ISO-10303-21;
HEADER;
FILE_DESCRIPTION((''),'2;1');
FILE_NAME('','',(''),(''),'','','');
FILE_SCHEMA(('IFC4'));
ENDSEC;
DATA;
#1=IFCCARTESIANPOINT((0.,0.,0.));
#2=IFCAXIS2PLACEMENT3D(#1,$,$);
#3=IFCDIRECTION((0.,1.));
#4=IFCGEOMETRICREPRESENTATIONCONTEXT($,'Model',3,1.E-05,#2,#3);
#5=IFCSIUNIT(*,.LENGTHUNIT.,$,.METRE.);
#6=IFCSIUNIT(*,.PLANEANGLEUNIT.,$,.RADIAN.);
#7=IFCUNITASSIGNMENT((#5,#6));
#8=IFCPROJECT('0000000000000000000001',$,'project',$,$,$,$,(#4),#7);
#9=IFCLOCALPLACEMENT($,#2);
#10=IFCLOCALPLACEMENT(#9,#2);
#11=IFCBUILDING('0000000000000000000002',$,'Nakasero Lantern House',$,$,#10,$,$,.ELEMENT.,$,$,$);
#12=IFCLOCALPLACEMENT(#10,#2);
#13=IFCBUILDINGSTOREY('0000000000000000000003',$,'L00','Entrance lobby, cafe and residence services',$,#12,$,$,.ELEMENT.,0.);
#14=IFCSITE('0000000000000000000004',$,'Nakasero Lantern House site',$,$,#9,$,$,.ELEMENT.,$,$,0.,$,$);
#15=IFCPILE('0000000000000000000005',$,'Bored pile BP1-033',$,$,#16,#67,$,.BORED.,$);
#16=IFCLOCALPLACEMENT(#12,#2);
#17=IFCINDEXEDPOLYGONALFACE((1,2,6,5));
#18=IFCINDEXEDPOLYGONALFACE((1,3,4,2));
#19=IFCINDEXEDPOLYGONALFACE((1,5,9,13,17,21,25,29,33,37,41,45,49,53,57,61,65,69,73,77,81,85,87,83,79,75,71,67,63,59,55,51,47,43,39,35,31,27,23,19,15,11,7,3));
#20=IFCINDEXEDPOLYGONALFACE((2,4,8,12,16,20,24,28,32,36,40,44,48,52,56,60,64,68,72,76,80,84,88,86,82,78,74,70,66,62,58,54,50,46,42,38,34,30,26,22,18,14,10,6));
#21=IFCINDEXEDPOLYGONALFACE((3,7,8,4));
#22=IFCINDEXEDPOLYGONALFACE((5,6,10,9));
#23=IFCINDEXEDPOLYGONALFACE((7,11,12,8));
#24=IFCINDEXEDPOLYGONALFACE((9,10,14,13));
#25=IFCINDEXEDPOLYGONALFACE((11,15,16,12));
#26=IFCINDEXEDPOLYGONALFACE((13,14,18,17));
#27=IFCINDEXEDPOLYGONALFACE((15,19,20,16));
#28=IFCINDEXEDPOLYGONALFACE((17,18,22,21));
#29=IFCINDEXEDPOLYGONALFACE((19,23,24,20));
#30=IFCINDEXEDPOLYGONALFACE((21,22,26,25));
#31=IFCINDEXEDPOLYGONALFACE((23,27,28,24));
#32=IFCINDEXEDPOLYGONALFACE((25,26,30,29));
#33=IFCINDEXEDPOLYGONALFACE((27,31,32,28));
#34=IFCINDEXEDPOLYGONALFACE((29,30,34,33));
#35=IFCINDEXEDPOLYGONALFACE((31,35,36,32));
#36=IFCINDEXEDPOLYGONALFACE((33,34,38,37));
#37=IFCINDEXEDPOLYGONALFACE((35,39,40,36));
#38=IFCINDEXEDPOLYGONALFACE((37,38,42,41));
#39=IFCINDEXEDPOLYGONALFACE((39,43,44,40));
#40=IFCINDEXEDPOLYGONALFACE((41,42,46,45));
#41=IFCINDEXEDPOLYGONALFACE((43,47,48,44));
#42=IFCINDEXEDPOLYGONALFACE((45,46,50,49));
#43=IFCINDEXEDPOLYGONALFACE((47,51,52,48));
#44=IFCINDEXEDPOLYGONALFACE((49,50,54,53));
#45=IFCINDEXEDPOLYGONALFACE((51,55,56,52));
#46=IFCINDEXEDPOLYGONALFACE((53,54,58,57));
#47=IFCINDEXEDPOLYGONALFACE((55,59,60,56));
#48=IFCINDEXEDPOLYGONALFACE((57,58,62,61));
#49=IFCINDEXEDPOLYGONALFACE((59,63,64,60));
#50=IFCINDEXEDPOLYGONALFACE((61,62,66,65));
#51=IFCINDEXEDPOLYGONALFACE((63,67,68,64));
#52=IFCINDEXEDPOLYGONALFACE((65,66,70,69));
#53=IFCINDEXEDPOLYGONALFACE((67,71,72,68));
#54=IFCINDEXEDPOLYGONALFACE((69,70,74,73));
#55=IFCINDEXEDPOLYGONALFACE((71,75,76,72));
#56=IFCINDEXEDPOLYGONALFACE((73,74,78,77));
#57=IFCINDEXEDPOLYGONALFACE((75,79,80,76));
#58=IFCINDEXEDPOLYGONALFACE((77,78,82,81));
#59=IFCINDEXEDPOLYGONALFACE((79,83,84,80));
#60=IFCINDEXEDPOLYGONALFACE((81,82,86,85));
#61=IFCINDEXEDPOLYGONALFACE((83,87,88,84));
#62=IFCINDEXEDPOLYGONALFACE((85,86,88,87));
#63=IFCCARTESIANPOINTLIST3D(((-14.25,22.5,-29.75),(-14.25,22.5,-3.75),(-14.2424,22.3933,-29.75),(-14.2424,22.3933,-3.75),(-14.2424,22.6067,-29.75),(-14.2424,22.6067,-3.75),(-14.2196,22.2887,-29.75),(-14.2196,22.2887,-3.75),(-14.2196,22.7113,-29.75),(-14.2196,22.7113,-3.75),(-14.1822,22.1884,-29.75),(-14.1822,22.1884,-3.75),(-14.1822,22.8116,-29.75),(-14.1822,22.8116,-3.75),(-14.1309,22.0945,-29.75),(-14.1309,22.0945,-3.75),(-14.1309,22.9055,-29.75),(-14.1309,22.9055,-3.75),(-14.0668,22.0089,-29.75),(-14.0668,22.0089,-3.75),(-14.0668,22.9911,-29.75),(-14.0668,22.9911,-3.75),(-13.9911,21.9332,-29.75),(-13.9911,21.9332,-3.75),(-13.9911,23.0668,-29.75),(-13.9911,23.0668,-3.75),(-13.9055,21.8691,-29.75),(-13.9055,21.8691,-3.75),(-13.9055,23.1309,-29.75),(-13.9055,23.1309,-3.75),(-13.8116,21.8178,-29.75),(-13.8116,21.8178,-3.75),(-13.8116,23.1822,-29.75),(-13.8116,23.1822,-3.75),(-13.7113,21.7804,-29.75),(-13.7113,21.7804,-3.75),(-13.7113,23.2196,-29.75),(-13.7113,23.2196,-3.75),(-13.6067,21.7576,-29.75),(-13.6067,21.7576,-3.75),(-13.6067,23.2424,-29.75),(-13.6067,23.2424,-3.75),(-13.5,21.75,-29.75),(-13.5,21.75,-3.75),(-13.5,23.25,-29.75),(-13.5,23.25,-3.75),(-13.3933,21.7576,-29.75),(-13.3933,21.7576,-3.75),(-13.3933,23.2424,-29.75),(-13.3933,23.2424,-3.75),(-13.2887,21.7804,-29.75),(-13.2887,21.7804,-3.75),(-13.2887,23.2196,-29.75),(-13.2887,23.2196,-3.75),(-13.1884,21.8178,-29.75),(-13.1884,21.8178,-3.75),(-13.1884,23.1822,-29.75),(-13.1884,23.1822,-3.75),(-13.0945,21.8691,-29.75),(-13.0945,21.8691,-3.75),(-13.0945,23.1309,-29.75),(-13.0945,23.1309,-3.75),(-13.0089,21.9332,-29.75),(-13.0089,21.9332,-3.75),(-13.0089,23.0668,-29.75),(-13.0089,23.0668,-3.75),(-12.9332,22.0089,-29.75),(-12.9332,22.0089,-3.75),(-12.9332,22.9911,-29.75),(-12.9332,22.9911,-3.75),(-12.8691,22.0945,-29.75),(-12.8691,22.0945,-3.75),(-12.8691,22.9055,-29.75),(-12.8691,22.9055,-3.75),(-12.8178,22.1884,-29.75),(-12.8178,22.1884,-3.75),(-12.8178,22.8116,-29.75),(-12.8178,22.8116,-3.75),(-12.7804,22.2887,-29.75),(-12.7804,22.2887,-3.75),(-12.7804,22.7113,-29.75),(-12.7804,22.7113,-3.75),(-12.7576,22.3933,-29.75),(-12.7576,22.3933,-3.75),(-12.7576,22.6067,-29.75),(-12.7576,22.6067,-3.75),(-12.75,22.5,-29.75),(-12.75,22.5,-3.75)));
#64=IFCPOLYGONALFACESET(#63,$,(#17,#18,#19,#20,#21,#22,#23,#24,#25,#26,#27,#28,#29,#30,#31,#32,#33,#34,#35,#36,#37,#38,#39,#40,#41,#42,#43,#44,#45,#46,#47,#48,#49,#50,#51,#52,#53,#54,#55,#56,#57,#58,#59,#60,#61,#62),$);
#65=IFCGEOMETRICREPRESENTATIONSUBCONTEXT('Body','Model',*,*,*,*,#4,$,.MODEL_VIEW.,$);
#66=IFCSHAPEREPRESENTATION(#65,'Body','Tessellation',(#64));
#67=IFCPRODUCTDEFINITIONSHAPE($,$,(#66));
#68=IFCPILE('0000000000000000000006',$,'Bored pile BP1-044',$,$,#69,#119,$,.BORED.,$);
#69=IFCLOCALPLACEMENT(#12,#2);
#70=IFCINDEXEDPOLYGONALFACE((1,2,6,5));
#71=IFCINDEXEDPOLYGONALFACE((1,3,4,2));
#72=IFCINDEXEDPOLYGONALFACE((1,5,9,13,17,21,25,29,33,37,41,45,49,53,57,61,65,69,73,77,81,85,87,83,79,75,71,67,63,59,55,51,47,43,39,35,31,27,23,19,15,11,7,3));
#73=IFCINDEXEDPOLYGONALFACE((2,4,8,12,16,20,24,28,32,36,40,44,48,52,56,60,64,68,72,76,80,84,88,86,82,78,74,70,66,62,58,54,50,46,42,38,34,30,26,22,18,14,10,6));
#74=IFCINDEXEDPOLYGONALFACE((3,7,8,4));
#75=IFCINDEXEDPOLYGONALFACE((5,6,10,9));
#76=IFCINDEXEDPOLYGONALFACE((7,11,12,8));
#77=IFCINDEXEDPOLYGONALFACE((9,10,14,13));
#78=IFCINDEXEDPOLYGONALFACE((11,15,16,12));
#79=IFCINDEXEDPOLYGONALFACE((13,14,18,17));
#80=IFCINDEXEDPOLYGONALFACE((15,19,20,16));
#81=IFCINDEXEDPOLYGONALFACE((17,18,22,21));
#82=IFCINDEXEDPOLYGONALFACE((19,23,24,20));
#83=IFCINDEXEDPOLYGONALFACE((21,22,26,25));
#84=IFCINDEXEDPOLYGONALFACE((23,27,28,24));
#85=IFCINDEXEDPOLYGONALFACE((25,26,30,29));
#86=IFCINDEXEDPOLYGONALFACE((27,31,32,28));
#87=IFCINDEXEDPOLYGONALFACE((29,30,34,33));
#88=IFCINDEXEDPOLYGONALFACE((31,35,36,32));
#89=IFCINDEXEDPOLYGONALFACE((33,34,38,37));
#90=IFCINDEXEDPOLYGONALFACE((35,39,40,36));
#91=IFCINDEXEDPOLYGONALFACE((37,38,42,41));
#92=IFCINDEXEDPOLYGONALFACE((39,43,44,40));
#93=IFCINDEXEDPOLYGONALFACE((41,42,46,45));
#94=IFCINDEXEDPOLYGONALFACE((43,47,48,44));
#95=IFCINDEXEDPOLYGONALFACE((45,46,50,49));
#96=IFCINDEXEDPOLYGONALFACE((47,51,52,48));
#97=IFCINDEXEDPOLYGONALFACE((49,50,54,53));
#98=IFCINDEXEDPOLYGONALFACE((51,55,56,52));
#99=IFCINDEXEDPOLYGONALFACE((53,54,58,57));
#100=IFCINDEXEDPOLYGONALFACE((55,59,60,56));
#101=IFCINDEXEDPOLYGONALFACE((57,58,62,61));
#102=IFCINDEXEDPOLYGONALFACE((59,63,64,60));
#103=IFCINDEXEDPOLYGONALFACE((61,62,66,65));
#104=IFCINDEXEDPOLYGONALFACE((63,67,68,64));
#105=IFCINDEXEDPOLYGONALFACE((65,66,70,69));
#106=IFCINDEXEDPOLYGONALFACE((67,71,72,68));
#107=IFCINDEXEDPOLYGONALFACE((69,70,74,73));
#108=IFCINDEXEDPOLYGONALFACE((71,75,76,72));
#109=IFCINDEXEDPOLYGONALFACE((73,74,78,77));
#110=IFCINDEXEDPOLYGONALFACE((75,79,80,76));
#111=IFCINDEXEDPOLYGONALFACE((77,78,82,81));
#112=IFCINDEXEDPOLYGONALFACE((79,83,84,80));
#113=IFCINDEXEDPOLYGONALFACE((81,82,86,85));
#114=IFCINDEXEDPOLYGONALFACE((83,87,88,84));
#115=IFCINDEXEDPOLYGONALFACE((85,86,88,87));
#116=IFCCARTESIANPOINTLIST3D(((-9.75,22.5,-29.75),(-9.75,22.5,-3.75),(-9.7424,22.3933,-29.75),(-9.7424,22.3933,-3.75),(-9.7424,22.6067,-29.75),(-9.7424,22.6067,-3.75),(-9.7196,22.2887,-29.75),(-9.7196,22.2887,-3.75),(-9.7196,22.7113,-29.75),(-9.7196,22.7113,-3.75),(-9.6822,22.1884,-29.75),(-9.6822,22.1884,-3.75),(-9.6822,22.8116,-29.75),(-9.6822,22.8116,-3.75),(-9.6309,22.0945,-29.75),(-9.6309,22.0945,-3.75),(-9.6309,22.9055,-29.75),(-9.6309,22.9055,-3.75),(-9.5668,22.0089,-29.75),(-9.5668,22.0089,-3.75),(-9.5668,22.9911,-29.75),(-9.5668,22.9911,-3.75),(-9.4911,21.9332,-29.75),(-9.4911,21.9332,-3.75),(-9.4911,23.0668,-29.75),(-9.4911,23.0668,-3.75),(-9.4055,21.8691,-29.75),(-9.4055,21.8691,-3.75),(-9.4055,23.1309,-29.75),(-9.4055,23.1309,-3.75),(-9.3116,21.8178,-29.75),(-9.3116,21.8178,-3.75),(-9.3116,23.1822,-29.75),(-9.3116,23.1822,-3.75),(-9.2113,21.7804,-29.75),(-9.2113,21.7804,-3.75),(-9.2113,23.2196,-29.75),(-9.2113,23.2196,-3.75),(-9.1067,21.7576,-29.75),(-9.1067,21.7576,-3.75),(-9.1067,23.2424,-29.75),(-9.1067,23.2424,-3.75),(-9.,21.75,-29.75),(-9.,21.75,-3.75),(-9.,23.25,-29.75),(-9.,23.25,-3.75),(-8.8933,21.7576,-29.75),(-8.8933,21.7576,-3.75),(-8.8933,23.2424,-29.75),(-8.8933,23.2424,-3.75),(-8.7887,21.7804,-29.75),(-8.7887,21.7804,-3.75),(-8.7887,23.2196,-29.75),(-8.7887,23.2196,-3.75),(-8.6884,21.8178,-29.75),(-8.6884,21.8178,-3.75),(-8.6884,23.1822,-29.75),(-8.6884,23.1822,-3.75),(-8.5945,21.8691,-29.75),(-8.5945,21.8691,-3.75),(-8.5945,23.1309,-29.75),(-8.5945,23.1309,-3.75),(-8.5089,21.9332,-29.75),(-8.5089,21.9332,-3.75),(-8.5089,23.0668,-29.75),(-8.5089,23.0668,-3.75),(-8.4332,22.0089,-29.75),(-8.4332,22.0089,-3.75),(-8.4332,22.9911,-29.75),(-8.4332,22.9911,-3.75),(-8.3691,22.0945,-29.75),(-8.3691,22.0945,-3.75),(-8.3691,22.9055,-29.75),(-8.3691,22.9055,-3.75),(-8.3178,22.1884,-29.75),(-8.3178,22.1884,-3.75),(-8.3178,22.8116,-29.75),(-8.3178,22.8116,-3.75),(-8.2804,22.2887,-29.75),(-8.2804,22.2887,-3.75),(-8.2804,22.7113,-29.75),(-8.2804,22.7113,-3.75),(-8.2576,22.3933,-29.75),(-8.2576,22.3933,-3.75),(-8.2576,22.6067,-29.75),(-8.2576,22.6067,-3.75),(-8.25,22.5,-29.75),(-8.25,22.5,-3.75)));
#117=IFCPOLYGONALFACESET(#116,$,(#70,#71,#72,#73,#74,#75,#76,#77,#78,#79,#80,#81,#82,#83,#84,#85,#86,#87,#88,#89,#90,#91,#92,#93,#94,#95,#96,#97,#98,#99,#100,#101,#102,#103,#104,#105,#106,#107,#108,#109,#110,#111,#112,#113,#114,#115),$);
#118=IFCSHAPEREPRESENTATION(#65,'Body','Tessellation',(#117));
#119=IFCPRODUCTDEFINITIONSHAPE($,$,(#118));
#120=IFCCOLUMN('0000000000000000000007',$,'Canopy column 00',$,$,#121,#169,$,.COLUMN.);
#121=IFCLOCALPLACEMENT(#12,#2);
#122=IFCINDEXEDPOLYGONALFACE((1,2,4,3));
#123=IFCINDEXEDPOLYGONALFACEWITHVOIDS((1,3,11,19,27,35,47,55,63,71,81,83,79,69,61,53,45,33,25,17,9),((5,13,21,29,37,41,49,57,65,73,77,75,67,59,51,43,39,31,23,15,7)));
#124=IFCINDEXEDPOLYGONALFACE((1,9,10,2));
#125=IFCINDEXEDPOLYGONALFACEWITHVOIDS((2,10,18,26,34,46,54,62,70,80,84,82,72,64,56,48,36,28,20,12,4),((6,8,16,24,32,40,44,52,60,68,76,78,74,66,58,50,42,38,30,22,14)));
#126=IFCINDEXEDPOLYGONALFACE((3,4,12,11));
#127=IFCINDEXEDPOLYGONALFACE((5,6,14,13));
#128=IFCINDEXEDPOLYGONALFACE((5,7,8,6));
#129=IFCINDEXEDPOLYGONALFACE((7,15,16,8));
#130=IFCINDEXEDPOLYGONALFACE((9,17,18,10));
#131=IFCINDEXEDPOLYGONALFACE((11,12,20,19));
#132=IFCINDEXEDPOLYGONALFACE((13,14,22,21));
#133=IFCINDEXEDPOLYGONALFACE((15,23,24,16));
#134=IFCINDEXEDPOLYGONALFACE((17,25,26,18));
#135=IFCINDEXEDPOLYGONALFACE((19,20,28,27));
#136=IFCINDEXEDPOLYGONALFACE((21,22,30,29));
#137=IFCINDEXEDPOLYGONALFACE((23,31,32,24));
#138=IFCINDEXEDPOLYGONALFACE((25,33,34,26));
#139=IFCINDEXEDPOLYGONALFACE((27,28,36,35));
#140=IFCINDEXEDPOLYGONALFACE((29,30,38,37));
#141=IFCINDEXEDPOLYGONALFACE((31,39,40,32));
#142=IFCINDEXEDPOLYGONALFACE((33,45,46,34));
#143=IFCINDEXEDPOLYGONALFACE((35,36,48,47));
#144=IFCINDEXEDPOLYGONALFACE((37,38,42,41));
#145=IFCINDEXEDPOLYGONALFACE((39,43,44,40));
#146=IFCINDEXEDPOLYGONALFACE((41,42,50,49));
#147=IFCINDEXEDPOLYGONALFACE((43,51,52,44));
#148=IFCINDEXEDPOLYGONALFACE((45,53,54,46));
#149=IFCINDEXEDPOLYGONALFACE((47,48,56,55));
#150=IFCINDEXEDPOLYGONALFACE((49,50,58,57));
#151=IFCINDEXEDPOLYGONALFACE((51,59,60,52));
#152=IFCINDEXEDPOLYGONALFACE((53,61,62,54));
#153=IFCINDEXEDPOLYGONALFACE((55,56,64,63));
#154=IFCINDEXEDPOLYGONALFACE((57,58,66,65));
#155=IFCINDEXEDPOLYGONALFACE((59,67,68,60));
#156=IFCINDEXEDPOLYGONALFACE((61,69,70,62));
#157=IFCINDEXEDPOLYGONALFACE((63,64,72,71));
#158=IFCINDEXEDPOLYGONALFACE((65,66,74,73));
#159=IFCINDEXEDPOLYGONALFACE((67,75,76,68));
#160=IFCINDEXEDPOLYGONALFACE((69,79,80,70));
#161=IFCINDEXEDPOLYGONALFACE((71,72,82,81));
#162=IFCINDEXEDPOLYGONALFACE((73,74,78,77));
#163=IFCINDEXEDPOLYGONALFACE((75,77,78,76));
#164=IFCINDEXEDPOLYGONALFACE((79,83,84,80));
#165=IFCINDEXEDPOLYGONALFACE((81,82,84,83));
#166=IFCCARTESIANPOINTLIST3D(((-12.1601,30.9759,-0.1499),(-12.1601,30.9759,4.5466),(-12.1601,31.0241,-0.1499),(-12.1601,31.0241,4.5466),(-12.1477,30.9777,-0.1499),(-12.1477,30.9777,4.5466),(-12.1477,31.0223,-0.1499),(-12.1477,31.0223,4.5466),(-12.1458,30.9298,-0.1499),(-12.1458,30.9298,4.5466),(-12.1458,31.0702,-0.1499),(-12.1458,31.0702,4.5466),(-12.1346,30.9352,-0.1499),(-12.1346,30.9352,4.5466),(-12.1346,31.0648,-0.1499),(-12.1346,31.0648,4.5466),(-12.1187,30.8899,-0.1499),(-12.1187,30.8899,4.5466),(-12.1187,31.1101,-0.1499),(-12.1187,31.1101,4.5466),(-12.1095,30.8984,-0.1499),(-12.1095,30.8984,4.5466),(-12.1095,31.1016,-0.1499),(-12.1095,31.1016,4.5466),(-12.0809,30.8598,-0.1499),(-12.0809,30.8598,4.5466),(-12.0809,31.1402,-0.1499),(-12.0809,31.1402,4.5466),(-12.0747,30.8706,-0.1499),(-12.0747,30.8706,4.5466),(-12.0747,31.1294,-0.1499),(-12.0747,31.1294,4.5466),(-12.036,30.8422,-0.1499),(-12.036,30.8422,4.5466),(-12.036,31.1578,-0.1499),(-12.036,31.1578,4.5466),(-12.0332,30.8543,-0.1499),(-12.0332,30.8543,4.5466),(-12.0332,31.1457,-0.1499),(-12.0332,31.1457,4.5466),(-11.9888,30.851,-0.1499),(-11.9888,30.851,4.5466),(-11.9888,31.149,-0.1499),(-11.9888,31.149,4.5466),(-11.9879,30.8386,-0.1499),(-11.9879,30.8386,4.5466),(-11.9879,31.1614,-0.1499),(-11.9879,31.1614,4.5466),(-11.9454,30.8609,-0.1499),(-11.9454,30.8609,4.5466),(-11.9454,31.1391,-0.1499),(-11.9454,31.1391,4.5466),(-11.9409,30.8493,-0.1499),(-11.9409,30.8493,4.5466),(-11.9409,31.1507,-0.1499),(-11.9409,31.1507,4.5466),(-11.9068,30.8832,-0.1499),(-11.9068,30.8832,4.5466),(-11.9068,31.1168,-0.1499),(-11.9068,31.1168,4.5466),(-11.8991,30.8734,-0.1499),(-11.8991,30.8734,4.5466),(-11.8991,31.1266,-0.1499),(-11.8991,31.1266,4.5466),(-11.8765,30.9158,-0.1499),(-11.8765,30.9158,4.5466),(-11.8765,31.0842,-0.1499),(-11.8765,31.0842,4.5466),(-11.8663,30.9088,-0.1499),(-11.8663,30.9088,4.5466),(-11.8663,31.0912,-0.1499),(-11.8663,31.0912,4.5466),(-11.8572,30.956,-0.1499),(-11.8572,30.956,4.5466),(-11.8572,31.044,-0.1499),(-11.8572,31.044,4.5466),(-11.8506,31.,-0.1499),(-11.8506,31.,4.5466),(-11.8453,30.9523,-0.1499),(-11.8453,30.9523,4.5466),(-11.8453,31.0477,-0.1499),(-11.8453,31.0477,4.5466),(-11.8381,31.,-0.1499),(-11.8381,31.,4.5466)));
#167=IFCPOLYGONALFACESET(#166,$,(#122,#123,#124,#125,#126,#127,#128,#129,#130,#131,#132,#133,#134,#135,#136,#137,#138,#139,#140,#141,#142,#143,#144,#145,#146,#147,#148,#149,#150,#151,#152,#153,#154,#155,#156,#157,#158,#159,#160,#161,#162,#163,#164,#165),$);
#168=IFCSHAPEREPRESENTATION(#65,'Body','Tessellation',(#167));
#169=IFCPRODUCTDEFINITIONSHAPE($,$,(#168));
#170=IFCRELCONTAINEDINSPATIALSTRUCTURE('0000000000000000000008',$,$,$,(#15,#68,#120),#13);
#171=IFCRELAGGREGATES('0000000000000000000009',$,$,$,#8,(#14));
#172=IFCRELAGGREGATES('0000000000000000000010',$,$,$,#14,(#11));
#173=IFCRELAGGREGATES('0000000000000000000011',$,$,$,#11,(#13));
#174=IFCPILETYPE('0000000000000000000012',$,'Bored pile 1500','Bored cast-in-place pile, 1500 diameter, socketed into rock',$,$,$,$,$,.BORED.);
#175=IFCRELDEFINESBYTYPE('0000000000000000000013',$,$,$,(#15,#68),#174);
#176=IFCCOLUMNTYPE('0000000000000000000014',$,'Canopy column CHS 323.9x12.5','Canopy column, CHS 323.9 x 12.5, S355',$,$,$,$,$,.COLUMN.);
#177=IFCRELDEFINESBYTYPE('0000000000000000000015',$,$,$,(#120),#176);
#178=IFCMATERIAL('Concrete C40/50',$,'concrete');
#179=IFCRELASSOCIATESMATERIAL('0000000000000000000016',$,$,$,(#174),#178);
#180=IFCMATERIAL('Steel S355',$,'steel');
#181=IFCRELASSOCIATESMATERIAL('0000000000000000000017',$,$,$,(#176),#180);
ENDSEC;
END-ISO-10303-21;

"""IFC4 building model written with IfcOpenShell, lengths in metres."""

from ifc_helpers import new_model, si_unit, direction, frame, origin, origin_2d, place, context, subcontext, project, spatial, circle, hollow_circle, extrude, material, material_profile, profile_set, type_object, element, save


model = new_model("IFC4")

# Units and contexts
model_context = context("Model", 3, precision=1e-05, world=origin(), true_north=direction((0.0, 1.0)))
body_context = subcontext(model_context, "Body", "Model", "MODEL_VIEW")
ifc_project = project(units=[si_unit("LENGTHUNIT", "METRE"), si_unit("PLANEANGLEUNIT", "RADIAN")], contexts=[model_context])

# Site, building, storey
site_placement = place(None, origin())
site = spatial("IfcSite", under=ifc_project, at=site_placement, Name="Nakasero Lantern House site", CompositionType="ELEMENT", RefElevation=0.0)
building_placement = place(site_placement, origin())
building = spatial("IfcBuilding", under=site, at=building_placement, Name="Nakasero Lantern House", CompositionType="ELEMENT")
storey_placement = place(building_placement, origin())
storey = spatial("IfcBuildingStorey", under=building, at=storey_placement, Name="L00", Description="Entrance lobby, cafe and residence services", CompositionType="ELEMENT", Elevation=0.0)

# Piles
ifc_material_1 = material(Name="Concrete C40/50", Category="concrete")
pile_type = type_object("IfcPileType", Name="Bored pile 1500", Description="Bored cast-in-place pile, 1500 diameter, socketed into rock", PredefinedType="BORED", material=ifc_material_1)
for number, where, z_axis, x_axis, name in (
    (1, (-13.5, 22.5, -3.75), (0.0, 0.0, -1.0), (1.0, 0.0, 0.0), "Bored pile BP1-033"),
    (2, (-9.0, 22.5, -3.75), (0.0, 0.0, -1.0), (1.0, 0.0, 0.0), "Bored pile BP1-044"),
):
    element("IfcPile", number, at=place(storey_placement, frame(where, z_axis=z_axis, x_axis=x_axis)), inside=storey, type_object=pile_type, Name=name, PredefinedType="BORED", context=body_context, shape_type="SweptSolid", body=[
        extrude(circle(Radius=0.75, at=origin_2d()), origin(), (0.0, 0.0, 1.0), 26.0),
    ])

# Column
ifc_material_2 = material(Name="Steel S355", Category="steel")
ifc_material_profile_1 = material_profile(ifc_material_2, hollow_circle(Radius=0.1619, WallThickness=0.0125, at=origin_2d()), Name="CHS 323.9x12.5")
ifc_profile_set_1 = profile_set([ifc_material_profile_1], Name="Steel S355")
column_type_1 = type_object("IfcColumnType", Name="Canopy column CHS 323.9x12.5", Description="Canopy column, CHS 323.9 x 12.5, S355", PredefinedType="COLUMN", material=ifc_profile_set_1)
for number, where, z_axis, x_axis, name in (
    (3, (-12.0, 31.0, -0.1499), (0.0, 0.0, 1.0), (1.0, 0.0, 0.0), "Canopy column 00"),
):
    element("IfcColumn", number, at=place(storey_placement, frame(where, z_axis=z_axis, x_axis=x_axis)), inside=storey, type_object=column_type_1, Name=name, PredefinedType="COLUMN", context=body_context, shape_type="SweptSolid", body=[
        extrude(hollow_circle(Radius=0.1619, WallThickness=0.0125, at=origin_2d()), origin(), (0.0, 0.0, 1.0), 4.6965),
    ])

save(model, "model.ifc")
